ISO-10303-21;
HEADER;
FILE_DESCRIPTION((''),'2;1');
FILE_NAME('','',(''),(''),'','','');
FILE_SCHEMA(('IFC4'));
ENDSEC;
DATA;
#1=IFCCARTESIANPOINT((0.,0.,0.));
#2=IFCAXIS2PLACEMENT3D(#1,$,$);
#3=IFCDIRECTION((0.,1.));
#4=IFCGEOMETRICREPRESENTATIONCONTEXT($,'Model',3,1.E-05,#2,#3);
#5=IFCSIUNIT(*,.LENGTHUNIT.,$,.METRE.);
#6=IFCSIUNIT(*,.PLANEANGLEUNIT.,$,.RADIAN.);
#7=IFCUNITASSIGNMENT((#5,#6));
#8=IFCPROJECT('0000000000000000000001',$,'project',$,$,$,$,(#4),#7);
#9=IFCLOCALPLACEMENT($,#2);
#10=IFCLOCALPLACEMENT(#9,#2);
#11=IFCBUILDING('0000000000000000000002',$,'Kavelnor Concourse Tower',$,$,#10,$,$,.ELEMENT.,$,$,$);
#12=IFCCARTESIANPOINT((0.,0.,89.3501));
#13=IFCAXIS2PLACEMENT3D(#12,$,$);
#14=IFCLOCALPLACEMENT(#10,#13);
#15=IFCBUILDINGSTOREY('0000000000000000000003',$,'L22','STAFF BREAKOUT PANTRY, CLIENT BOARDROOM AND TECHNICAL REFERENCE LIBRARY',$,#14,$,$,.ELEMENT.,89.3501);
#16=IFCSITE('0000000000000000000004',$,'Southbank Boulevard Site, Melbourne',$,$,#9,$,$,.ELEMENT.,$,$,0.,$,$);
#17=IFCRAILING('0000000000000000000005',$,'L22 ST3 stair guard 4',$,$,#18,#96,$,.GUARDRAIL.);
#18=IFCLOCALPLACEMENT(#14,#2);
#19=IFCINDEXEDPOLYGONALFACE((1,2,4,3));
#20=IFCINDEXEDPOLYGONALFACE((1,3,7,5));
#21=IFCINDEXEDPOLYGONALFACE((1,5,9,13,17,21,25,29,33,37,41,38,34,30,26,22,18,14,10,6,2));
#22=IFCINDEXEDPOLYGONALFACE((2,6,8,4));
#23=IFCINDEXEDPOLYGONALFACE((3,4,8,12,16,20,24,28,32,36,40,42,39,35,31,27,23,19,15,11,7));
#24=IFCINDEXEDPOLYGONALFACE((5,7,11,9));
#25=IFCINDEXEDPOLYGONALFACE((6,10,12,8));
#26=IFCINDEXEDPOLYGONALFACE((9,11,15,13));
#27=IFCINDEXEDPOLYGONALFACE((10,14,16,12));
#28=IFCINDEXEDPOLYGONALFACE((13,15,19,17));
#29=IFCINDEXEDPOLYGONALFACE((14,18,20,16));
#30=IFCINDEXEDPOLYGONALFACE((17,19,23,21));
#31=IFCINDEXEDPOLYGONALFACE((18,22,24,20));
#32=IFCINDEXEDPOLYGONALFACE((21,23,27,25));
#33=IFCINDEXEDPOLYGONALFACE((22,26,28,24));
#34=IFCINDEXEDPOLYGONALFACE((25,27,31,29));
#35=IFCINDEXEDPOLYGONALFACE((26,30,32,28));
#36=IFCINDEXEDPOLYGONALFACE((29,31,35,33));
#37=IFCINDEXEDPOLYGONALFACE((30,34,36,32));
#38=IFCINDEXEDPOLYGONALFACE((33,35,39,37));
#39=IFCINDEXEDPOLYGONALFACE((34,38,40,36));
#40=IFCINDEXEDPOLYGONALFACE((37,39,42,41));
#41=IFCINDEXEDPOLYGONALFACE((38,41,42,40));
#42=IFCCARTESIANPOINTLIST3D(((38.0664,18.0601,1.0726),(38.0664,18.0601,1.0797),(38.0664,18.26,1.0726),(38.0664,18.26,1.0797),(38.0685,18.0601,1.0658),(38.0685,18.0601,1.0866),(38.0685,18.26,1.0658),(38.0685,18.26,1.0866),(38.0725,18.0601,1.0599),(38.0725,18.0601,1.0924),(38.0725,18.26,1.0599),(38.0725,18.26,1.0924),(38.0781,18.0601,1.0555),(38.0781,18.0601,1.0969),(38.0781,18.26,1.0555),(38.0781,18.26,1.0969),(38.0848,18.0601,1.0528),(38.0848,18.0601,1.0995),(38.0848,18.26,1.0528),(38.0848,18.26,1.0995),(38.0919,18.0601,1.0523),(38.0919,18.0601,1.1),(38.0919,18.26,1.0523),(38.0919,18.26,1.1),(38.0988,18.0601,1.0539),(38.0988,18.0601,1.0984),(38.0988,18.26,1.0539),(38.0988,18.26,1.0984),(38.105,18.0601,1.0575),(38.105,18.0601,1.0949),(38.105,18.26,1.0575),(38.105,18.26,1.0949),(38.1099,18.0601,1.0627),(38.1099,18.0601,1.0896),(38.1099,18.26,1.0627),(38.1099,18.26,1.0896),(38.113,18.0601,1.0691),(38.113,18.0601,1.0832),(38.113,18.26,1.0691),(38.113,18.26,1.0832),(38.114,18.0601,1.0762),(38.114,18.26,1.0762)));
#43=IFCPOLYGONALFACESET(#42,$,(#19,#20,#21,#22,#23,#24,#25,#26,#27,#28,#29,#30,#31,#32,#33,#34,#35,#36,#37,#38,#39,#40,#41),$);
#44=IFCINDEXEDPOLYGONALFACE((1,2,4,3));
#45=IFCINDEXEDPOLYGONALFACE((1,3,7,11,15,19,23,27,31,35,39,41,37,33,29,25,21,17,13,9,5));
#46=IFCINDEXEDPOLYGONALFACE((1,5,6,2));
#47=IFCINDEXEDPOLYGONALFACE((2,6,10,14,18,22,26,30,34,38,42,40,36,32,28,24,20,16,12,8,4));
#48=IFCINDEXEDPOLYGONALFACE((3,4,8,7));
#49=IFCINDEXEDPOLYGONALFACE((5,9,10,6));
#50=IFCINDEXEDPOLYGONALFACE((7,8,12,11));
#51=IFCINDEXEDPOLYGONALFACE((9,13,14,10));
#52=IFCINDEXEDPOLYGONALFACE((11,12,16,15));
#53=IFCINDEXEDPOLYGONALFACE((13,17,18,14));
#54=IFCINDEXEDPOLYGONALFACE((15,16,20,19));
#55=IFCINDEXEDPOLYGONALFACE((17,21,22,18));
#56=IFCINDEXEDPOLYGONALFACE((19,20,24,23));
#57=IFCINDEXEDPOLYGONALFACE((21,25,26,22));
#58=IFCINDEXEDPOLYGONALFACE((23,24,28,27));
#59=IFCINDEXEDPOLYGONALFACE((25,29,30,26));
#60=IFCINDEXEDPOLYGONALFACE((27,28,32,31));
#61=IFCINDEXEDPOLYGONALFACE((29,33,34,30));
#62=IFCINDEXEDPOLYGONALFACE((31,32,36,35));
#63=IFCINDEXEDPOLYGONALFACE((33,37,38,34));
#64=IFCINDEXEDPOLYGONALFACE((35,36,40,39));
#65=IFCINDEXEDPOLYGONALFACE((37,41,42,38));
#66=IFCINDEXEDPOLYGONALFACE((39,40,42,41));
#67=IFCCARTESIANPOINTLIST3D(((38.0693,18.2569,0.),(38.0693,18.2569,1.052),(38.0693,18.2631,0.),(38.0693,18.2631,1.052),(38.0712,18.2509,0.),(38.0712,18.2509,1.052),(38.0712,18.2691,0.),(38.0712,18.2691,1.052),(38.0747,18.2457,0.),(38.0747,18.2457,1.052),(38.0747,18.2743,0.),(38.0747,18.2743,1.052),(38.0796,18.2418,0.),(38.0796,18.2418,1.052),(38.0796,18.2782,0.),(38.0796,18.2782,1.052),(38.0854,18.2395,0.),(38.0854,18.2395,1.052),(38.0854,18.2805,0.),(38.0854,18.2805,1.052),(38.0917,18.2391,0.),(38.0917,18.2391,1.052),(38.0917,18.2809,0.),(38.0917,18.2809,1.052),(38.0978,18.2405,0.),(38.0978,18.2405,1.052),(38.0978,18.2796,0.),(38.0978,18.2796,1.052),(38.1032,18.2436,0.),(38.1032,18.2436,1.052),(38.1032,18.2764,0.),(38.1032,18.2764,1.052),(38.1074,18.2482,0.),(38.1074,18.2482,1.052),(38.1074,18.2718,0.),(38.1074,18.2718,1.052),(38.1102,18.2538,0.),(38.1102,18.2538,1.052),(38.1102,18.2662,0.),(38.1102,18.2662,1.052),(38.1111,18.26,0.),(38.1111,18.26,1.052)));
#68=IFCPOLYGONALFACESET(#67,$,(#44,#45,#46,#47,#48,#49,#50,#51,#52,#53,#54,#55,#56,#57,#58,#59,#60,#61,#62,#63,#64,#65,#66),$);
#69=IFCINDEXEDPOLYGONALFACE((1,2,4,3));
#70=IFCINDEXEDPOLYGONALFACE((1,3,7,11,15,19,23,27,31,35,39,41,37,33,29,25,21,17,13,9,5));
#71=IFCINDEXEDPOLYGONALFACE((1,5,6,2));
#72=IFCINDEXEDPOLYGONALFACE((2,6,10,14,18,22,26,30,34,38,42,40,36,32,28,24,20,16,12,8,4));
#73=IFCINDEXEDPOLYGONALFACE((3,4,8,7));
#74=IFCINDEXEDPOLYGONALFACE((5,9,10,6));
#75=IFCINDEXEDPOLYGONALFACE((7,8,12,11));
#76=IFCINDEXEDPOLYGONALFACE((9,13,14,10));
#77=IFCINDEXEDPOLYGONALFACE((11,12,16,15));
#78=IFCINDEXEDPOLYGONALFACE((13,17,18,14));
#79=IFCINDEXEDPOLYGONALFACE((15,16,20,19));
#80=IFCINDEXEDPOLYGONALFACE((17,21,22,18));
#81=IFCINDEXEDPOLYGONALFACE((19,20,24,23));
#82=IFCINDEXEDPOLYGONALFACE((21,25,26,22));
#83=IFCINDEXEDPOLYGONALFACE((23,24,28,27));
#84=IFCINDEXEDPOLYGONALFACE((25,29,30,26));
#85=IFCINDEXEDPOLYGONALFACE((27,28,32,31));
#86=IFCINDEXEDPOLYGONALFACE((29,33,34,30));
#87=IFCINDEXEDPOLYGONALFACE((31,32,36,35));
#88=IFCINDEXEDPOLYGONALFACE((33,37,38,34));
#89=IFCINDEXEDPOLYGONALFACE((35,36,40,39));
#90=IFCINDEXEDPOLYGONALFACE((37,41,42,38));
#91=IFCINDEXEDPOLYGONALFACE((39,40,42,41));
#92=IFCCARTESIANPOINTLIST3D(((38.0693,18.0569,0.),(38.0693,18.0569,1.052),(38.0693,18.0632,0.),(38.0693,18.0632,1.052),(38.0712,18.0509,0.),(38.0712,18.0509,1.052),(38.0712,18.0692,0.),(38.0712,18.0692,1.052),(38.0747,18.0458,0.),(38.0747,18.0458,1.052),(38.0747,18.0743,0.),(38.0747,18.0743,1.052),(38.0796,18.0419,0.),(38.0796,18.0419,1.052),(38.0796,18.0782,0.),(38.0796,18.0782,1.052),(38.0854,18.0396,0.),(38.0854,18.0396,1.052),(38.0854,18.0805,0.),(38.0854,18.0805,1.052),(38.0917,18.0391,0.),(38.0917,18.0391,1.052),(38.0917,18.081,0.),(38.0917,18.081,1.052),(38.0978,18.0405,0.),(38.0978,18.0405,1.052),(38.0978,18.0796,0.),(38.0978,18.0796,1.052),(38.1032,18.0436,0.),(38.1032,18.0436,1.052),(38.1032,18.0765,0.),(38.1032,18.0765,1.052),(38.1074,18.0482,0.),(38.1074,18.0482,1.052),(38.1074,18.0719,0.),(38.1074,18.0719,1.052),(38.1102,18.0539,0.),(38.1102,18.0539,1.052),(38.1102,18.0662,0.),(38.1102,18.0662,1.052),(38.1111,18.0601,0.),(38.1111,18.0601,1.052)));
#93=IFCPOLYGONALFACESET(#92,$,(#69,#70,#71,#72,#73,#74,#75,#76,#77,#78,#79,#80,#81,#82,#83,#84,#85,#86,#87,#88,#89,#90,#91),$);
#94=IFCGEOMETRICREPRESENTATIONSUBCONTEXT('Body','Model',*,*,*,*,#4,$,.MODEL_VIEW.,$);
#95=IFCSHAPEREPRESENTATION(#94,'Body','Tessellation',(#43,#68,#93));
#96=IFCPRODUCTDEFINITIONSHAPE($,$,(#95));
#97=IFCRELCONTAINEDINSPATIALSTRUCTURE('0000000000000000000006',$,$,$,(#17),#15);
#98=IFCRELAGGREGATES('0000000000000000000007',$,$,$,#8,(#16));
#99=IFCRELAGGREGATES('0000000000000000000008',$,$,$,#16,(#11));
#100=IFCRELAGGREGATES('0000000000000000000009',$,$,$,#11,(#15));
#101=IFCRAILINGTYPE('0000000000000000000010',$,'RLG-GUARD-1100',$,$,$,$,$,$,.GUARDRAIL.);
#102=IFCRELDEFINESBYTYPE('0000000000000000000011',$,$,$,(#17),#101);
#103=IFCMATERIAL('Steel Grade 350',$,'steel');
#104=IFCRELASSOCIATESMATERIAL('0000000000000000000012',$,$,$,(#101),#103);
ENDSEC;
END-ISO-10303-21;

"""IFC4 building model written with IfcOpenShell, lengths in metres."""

from ifc_helpers import new_model, si_unit, direction, frame, origin, origin_2d, place, context, subcontext, project, spatial, circle, extrude, material, type_object, element, save


model = new_model("IFC4")

# Units and contexts
model_context = context("Model", 3, precision=1e-05, world=origin(), true_north=direction((0.0, 1.0)))
body_context = subcontext(model_context, "Body", "Model", "MODEL_VIEW")
ifc_project = project(units=[si_unit("LENGTHUNIT", "METRE"), si_unit("PLANEANGLEUNIT", "RADIAN")], contexts=[model_context])

# Site, building, storey
site_placement = place(None, origin())
site = spatial("IfcSite", under=ifc_project, at=site_placement, Name="Southbank Boulevard Site, Melbourne", CompositionType="ELEMENT", RefElevation=0.0)
building_placement = place(site_placement, origin())
building = spatial("IfcBuilding", under=site, at=building_placement, Name="Kavelnor Concourse Tower", CompositionType="ELEMENT")
storey_placement = place(building_placement, frame((0.0, 0.0, 89.3501)))
storey = spatial("IfcBuildingStorey", under=building, at=storey_placement, Name="L22", Description="STAFF BREAKOUT PANTRY, CLIENT BOARDROOM AND TECHNICAL REFERENCE LIBRARY", CompositionType="ELEMENT", Elevation=89.3501)

# Shared definitions
ifc_material_1 = material(Name="Steel Grade 350", Category="steel")

# Railing
railing_type_1 = type_object("IfcRailingType", Name="RLG-GUARD-1100", PredefinedType="GUARDRAIL", material=ifc_material_1)
railing_1_placement = place(storey_placement, frame((38.0901, 18.26, 0.0)))
element("IfcRailing", 1, at=railing_1_placement, inside=storey, type_object=railing_type_1, Name="L22 ST3 stair guard 4", PredefinedType="GUARDRAIL", context=body_context, shape_type="SweptSolid", body=[
    extrude(circle(Radius=0.0239, at=origin_2d()), frame((0.0, 0.0, 1.0762), z_axis=(0.0, -1.0, 0.0), x_axis=(1.0, 0.0, 0.0)), (0.0, 0.0, 1.0), 0.2),
    extrude(circle(Radius=0.021, at=origin_2d()), origin(), (0.0, 0.0, 1.0), 1.052),
    extrude(circle(Radius=0.021, at=origin_2d()), frame((0.0, -0.2, 0.0)), (0.0, 0.0, 1.0), 1.052),
])

save(model, "model.ifc")
